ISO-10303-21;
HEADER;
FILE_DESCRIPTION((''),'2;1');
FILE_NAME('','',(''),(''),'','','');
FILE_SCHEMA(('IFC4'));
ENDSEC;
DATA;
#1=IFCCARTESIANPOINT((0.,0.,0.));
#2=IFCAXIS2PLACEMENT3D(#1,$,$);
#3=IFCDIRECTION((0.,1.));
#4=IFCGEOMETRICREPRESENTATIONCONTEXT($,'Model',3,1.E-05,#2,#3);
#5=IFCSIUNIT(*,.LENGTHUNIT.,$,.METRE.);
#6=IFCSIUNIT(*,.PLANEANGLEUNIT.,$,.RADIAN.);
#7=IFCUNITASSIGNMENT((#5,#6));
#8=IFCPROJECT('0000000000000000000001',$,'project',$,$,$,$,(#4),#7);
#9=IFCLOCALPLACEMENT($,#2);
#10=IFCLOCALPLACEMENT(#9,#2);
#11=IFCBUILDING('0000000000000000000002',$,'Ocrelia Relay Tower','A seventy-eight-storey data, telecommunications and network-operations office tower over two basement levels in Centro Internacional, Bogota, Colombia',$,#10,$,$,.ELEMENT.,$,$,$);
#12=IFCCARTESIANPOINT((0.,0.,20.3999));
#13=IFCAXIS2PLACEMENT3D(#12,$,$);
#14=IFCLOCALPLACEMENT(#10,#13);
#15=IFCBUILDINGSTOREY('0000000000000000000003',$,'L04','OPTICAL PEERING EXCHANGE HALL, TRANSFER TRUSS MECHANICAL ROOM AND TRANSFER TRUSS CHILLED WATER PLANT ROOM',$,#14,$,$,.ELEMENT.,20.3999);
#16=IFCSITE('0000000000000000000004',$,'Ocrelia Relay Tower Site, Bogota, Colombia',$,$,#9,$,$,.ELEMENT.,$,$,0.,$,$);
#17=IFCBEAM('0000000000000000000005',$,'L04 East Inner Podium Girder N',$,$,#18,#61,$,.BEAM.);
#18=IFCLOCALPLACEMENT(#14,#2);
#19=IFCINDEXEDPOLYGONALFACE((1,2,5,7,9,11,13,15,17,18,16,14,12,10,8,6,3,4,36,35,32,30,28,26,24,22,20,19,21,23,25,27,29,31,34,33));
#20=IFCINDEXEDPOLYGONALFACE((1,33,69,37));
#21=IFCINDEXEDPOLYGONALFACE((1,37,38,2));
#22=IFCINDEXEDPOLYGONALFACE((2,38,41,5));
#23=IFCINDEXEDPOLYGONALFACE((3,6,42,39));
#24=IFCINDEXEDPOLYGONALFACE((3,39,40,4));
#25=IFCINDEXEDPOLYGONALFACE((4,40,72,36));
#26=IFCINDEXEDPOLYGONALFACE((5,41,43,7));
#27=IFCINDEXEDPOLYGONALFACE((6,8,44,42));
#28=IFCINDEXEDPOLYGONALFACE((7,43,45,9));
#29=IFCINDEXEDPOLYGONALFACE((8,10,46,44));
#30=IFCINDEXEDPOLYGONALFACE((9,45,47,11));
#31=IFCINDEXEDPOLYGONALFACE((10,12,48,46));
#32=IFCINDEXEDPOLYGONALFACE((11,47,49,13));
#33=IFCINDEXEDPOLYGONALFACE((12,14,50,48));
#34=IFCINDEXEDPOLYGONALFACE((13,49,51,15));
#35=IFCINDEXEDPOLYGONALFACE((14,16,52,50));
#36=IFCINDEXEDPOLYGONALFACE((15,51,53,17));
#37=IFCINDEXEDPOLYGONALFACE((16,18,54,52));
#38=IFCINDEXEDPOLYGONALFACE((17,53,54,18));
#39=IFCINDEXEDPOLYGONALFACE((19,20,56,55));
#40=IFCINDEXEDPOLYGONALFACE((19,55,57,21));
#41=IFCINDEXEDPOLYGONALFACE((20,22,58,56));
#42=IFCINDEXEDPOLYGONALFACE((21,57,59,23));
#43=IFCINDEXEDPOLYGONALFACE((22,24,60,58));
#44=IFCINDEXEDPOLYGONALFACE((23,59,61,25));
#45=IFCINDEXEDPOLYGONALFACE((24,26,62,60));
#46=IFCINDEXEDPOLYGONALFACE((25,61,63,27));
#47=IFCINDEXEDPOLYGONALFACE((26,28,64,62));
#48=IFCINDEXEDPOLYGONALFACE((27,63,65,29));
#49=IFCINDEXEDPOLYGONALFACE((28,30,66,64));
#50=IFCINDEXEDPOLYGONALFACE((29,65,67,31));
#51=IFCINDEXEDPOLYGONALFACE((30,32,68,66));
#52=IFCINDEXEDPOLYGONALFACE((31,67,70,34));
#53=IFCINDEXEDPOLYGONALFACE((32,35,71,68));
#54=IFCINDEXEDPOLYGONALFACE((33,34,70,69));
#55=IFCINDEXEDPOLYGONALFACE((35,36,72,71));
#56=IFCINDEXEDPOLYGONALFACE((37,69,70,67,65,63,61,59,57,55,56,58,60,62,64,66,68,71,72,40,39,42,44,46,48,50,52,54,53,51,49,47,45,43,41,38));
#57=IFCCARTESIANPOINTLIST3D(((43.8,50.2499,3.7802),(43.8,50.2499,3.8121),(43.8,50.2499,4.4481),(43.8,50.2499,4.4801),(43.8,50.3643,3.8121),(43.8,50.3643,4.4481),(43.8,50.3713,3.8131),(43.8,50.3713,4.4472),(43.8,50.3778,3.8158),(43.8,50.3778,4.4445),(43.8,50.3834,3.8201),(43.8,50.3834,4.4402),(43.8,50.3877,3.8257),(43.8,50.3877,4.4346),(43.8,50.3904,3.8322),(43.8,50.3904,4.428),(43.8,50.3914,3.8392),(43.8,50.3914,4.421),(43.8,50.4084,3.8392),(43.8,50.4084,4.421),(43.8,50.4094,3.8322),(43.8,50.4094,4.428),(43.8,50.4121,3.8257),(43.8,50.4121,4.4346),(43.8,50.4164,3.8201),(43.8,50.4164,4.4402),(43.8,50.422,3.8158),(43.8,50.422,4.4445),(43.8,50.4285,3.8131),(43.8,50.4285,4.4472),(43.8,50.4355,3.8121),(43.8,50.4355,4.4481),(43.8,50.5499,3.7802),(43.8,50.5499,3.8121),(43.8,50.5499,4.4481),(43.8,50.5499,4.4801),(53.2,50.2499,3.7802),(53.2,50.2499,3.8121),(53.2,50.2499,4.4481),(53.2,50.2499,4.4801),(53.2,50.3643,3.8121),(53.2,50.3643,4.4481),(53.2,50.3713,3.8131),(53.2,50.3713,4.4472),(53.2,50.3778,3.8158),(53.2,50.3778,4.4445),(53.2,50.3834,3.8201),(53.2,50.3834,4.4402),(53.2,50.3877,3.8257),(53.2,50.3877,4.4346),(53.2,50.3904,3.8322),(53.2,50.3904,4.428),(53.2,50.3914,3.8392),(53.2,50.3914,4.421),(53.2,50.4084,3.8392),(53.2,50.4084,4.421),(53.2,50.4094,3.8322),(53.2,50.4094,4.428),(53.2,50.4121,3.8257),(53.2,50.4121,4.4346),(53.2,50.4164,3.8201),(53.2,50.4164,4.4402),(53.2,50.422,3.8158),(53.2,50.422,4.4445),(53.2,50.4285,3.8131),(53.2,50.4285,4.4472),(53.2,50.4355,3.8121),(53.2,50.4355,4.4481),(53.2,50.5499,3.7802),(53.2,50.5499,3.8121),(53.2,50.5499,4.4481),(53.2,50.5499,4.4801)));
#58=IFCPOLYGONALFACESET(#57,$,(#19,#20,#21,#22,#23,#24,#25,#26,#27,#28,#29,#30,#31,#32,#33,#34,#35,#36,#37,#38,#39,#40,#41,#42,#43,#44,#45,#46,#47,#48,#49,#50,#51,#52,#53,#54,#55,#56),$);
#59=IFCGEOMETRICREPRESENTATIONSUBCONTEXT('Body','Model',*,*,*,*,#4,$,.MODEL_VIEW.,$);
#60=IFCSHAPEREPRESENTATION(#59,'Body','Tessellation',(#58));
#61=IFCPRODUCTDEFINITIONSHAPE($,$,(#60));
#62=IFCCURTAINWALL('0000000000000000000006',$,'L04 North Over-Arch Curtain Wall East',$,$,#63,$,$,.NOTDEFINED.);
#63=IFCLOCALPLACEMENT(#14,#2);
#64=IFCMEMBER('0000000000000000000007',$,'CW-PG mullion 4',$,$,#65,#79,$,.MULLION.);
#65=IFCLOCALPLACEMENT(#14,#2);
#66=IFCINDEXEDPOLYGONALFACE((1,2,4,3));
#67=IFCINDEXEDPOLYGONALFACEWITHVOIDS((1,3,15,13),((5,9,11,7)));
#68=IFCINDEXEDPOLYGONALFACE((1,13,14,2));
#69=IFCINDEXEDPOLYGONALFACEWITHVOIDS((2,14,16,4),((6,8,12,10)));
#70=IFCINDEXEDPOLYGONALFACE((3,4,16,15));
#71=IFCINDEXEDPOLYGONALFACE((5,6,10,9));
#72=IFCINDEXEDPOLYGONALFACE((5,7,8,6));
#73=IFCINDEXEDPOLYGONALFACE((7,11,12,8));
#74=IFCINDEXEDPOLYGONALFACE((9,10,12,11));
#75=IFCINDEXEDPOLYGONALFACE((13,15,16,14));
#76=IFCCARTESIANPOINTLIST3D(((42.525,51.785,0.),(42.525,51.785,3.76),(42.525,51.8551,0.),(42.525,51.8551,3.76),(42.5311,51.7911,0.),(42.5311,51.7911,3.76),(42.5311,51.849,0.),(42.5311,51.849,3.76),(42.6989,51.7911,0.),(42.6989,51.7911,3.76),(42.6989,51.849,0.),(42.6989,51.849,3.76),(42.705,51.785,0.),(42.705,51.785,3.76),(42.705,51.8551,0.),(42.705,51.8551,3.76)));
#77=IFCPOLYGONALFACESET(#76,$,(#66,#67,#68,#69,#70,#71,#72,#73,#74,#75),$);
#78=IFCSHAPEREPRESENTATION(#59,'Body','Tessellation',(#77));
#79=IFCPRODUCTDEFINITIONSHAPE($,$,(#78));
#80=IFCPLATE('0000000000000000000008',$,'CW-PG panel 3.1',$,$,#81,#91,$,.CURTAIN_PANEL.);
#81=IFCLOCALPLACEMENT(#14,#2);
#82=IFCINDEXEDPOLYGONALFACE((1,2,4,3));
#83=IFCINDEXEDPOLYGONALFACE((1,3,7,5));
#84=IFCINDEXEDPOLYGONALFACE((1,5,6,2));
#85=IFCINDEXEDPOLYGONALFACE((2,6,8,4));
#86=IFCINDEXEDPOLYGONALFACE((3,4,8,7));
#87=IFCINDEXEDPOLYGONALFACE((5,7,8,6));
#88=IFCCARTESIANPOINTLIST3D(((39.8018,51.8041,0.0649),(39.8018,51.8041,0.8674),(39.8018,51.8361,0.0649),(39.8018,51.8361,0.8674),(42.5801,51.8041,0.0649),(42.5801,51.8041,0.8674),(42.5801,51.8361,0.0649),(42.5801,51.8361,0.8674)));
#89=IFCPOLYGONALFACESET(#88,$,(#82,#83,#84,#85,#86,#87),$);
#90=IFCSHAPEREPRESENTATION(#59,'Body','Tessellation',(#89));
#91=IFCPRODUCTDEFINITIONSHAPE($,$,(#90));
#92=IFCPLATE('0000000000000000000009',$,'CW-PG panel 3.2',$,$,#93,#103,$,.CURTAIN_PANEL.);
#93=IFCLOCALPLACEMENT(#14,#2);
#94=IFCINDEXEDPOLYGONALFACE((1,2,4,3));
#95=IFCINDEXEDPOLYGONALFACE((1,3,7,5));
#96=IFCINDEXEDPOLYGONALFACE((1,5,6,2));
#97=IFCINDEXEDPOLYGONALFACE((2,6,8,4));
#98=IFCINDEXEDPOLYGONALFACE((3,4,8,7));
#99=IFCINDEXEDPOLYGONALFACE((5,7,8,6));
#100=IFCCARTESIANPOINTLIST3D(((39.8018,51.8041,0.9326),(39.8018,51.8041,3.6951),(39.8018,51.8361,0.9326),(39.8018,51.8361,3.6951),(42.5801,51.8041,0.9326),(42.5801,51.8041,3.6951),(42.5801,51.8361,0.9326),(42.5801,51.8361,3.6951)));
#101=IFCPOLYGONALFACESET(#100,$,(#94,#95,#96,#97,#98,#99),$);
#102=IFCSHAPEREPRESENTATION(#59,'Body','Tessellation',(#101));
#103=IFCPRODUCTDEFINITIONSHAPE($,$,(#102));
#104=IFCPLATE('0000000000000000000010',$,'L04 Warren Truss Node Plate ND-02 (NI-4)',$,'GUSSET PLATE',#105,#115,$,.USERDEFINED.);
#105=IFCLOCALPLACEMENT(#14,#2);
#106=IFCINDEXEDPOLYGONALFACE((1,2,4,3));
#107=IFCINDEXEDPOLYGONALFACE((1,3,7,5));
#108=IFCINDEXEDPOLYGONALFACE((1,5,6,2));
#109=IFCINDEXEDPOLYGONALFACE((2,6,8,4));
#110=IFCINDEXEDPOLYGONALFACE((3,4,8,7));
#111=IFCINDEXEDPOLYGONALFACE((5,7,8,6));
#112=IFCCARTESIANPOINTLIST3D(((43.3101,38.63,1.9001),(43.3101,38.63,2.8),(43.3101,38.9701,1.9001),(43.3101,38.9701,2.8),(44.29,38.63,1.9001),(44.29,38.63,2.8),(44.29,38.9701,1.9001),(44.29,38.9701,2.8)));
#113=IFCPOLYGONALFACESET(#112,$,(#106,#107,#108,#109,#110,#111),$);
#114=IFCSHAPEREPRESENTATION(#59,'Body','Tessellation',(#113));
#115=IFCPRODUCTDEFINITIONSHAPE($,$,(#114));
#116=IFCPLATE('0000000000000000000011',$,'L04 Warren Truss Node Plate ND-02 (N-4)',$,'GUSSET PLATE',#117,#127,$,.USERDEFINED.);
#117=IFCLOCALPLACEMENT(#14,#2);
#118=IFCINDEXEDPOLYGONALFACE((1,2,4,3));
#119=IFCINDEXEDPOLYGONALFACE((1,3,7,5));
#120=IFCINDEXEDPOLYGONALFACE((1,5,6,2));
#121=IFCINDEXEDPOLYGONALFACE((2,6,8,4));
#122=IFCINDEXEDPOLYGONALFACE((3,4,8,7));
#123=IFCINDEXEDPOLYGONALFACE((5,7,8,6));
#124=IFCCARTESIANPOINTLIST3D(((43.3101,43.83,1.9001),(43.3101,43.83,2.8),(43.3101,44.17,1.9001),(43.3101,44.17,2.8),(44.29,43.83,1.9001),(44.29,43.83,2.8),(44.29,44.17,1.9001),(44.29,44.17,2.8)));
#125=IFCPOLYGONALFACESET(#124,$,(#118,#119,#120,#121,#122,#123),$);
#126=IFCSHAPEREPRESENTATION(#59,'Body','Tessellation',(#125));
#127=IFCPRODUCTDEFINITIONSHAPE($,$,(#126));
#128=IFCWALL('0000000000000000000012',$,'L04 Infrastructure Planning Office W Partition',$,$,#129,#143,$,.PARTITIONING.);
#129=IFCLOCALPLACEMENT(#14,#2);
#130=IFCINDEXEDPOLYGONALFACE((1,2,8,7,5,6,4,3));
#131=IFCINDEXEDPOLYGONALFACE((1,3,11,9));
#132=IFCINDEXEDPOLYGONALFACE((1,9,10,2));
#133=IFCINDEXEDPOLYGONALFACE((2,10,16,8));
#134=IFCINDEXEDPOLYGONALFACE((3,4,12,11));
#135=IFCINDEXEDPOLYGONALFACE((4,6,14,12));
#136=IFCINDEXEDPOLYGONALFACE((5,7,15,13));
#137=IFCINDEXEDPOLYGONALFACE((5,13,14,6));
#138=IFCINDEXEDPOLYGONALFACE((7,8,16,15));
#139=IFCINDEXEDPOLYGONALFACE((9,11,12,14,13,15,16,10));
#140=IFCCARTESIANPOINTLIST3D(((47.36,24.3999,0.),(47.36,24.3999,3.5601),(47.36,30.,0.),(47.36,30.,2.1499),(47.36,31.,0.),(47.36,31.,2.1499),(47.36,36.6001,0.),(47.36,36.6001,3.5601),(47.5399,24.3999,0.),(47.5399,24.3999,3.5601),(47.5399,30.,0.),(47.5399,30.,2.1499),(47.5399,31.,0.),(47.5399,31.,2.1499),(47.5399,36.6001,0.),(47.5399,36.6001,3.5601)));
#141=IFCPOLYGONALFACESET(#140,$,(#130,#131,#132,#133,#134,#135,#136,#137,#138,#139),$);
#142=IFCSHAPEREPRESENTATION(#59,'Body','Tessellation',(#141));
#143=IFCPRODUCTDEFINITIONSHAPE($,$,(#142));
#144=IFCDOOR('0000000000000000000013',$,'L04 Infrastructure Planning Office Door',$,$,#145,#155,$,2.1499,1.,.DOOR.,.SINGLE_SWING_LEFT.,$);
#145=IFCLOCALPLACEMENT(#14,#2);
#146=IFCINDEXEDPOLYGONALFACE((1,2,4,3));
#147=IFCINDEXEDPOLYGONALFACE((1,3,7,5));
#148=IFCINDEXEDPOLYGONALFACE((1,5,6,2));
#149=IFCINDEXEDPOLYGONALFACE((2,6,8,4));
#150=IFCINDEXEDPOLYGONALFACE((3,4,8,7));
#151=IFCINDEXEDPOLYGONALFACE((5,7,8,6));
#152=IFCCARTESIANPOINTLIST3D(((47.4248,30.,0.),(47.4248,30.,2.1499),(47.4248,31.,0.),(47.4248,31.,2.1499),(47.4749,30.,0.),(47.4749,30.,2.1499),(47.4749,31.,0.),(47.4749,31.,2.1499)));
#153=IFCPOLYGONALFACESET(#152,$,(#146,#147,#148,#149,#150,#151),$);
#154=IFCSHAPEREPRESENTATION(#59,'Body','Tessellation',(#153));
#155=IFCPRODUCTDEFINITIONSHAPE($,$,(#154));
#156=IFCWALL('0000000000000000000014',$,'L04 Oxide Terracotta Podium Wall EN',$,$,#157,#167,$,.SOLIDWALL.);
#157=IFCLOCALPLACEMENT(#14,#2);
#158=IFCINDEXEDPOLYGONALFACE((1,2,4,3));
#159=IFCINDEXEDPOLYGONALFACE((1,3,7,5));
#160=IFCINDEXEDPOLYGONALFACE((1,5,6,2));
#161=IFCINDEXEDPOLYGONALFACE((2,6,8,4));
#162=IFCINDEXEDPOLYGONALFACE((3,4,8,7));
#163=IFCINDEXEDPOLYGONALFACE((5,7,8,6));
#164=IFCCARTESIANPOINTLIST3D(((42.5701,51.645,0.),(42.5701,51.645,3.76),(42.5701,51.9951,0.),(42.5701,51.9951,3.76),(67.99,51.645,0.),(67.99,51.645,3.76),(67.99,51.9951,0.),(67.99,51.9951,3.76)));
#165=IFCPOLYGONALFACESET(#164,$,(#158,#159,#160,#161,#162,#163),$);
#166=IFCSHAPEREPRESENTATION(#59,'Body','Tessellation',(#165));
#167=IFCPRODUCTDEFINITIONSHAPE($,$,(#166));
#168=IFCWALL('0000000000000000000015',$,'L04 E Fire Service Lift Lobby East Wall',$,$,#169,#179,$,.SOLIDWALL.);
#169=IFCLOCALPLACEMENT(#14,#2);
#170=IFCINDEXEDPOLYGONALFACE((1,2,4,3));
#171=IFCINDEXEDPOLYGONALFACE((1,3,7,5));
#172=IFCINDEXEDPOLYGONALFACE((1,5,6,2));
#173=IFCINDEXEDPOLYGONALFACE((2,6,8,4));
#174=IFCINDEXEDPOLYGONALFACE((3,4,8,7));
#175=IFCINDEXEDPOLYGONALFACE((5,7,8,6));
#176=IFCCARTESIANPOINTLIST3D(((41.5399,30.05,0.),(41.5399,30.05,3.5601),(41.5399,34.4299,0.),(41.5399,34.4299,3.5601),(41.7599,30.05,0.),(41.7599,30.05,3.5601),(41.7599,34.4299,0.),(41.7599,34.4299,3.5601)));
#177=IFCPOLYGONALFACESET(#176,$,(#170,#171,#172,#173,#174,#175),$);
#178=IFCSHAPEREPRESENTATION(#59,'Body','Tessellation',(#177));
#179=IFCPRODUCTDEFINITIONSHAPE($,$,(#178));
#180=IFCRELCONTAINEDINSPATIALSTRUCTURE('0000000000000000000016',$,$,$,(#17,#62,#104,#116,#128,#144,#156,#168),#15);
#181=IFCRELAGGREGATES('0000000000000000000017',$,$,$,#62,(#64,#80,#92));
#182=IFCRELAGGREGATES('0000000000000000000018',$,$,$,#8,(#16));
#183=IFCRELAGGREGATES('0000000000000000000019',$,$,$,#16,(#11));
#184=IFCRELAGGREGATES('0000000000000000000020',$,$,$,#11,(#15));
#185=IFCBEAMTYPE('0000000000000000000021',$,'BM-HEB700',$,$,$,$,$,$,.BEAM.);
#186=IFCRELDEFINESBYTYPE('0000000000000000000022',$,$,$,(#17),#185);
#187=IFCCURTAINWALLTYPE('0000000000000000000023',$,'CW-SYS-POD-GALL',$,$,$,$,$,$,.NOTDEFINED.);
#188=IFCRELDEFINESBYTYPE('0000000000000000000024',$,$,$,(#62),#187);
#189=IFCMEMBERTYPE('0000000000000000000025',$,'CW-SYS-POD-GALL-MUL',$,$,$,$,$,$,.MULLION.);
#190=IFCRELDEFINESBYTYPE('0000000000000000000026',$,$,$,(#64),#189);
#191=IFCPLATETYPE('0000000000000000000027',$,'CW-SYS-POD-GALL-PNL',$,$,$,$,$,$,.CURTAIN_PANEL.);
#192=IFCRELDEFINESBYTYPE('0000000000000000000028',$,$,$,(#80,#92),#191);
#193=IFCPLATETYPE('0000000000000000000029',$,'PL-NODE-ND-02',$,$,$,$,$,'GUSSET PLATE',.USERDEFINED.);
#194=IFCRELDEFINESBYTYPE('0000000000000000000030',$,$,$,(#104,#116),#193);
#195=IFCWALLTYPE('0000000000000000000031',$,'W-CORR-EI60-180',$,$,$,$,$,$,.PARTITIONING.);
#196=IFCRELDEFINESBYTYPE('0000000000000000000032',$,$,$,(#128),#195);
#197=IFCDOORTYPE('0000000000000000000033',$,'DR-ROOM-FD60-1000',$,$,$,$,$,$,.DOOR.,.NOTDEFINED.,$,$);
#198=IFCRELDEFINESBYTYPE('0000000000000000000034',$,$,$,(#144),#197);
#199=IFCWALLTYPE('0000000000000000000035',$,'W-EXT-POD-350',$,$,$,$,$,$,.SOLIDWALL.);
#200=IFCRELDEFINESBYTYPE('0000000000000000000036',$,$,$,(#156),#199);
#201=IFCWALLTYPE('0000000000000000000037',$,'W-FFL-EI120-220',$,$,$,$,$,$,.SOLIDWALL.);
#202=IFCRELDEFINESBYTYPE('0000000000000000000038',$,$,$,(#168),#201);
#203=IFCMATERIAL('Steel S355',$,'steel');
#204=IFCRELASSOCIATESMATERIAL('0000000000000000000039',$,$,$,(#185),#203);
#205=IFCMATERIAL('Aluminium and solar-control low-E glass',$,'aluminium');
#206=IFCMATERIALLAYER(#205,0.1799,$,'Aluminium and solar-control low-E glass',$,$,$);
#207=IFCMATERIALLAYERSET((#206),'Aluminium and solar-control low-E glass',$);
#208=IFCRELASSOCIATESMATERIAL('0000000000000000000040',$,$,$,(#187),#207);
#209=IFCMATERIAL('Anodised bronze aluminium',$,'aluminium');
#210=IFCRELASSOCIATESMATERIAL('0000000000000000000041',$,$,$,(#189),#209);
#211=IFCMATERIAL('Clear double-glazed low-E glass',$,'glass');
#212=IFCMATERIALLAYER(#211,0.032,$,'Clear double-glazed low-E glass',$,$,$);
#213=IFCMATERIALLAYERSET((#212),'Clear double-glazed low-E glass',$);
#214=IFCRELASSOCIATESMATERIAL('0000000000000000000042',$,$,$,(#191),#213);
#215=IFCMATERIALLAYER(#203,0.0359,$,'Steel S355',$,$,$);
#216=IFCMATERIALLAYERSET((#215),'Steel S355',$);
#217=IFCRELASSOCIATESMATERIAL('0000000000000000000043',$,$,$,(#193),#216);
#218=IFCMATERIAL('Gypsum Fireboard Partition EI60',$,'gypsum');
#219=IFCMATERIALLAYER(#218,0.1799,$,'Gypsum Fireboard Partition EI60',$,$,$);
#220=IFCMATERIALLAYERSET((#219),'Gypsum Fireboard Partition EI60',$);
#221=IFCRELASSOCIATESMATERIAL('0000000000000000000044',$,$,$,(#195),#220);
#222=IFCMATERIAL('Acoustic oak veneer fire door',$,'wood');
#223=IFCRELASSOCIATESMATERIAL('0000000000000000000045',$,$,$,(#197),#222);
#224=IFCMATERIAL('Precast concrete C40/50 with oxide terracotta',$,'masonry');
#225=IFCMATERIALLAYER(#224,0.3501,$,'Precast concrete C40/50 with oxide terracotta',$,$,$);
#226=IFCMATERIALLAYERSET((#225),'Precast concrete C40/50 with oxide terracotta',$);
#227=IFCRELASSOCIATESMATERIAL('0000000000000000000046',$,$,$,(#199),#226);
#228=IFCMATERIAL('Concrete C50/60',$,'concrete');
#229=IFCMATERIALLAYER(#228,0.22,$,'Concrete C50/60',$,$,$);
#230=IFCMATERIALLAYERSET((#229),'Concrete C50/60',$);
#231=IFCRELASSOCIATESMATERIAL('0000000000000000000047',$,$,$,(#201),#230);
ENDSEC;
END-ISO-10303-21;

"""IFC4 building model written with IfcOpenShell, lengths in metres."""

from ifc_helpers import new_model, si_unit, direction, frame, frame_2d, origin, origin_2d, place, context, subcontext, project, spatial, rectangle, hollow_rectangle, i_section, extrude, material, layer, layer_set, material_profile, profile_set, type_object, element, fill, aggregate, save


model = new_model("IFC4")

# Units and contexts
model_context = context("Model", 3, precision=1e-05, world=origin(), true_north=direction((0.0, 1.0)))
body_context = subcontext(model_context, "Body", "Model", "MODEL_VIEW")
ifc_project = project(units=[si_unit("LENGTHUNIT", "METRE"), si_unit("PLANEANGLEUNIT", "RADIAN")], contexts=[model_context])

# Site, building, storey
site_placement = place(None, origin())
site = spatial("IfcSite", under=ifc_project, at=site_placement, Name="Ocrelia Relay Tower Site, Bogota, Colombia", CompositionType="ELEMENT", RefElevation=0.0)
building_placement = place(site_placement, origin())
building = spatial("IfcBuilding", under=site, at=building_placement, Name="Ocrelia Relay Tower", Description="A seventy-eight-storey data, telecommunications and network-operations office tower over two basement levels in Centro Internacional, Bogota, Colombia", CompositionType="ELEMENT")
storey_placement = place(building_placement, frame((0.0, 0.0, 20.3999)))
storey = spatial("IfcBuildingStorey", under=building, at=storey_placement, Name="L04", Description="OPTICAL PEERING EXCHANGE HALL, TRANSFER TRUSS MECHANICAL ROOM AND TRANSFER TRUSS CHILLED WATER PLANT ROOM", CompositionType="ELEMENT", Elevation=20.3999)

# Beam
ifc_material_1 = material(Name="Steel S355", Category="steel")
ifc_material_profile_1 = material_profile(ifc_material_1, i_section(OverallWidth=0.3, OverallDepth=0.7, WebThickness=0.0171, FlangeThickness=0.032, FilletRadius=0.0271, at=origin_2d()), Name="HEB 700")
ifc_profile_set_1 = profile_set([ifc_material_profile_1], Name="Steel S355")
beam_type_1 = type_object("IfcBeamType", Name="BM-HEB700", PredefinedType="BEAM", material=ifc_profile_set_1)
beam_1_placement = place(storey_placement, frame((43.8, 50.3999, 4.1301), z_axis=(1.0, 0.0, 0.0), x_axis=(0.0, 1.0, 0.0)))
element("IfcBeam", 1, at=beam_1_placement, inside=storey, type_object=beam_type_1, Name="L04 East Inner Podium Girder N", PredefinedType="BEAM", context=body_context, shape_type="SweptSolid", body=[
    extrude(i_section(OverallWidth=0.3, OverallDepth=0.7, WebThickness=0.0171, FlangeThickness=0.032, FilletRadius=0.0271, at=origin_2d()), origin(), (0.0, 0.0, 1.0), 9.3999),
])

# Curtain wall, member, plates
ifc_material_2 = material(Name="Aluminium and solar-control low-E glass", Category="aluminium")
ifc_layer_1 = layer(ifc_material_2, 0.1799, Name="Aluminium and solar-control low-E glass")
ifc_layer_set_1 = layer_set([ifc_layer_1], Name="Aluminium and solar-control low-E glass")
curtain_wall_type = type_object("IfcCurtainWallType", Name="CW-SYS-POD-GALL", PredefinedType="NOTDEFINED", material=ifc_layer_set_1)
curtain_wall_placement = place(storey_placement, origin())
curtain_wall = element("IfcCurtainWall", 2, at=curtain_wall_placement, inside=storey, type_object=curtain_wall_type, Name="L04 North Over-Arch Curtain Wall East", PredefinedType="NOTDEFINED")
ifc_material_3 = material(Name="Anodised bronze aluminium", Category="aluminium")
ifc_material_profile_2 = material_profile(ifc_material_3, hollow_rectangle(XDim=0.0701, YDim=0.1799, WallThickness=0.0061, at=origin_2d()), Name="CW-MUL-180x70")
ifc_profile_set_2 = profile_set([ifc_material_profile_2], Name="Anodised bronze aluminium")
member_type = type_object("IfcMemberType", Name="CW-SYS-POD-GALL-MUL", PredefinedType="MULLION", material=ifc_profile_set_2)
member_placement = place(storey_placement, frame((42.615, 51.8201, 0.0), z_axis=(0.0, 0.0, 1.0), x_axis=(0.0, 1.0, 0.0)))
member = element("IfcMember", 3, at=member_placement, type_object=member_type, Name="CW-PG mullion 4", PredefinedType="MULLION", context=body_context, shape_type="SweptSolid", body=[
    extrude(hollow_rectangle(XDim=0.0701, YDim=0.1799, WallThickness=0.0061, at=origin_2d()), origin(), (0.0, 0.0, 1.0), 3.76),
])
ifc_material_4 = material(Name="Clear double-glazed low-E glass", Category="glass")
ifc_layer_2 = layer(ifc_material_4, 0.032, Name="Clear double-glazed low-E glass")
ifc_layer_set_2 = layer_set([ifc_layer_2], Name="Clear double-glazed low-E glass")
plate_type_1 = type_object("IfcPlateType", Name="CW-SYS-POD-GALL-PNL", PredefinedType="CURTAIN_PANEL", material=ifc_layer_set_2)
plate_1_placement = place(storey_placement, frame((41.1909, 51.8201, 0.0649), z_axis=(0.0, 0.0, 1.0), x_axis=(1.0, 0.0, 0.0)))
plate_1 = element("IfcPlate", 4, at=plate_1_placement, type_object=plate_type_1, Name="CW-PG panel 3.1", PredefinedType="CURTAIN_PANEL", context=body_context, shape_type="SweptSolid", body=[
    extrude(rectangle(XDim=2.7783, YDim=0.032, at=origin_2d()), origin(), (0.0, 0.0, 1.0), 0.8025),
])
plate_2_placement = place(storey_placement, frame((41.1909, 51.8201, 0.9326), z_axis=(0.0, 0.0, 1.0), x_axis=(1.0, 0.0, 0.0)))
plate_2 = element("IfcPlate", 5, at=plate_2_placement, type_object=plate_type_1, Name="CW-PG panel 3.2", PredefinedType="CURTAIN_PANEL", context=body_context, shape_type="SweptSolid", body=[
    extrude(rectangle(XDim=2.7783, YDim=0.032, at=origin_2d()), origin(), (0.0, 0.0, 1.0), 2.7625),
])
aggregate(curtain_wall, [member, plate_1, plate_2])

# Plates
ifc_layer_3 = layer(ifc_material_1, 0.0359, Name="Steel S355")
ifc_layer_set_3 = layer_set([ifc_layer_3], Name="Steel S355")
plate_type_2 = type_object("IfcPlateType", Name="PL-NODE-ND-02", ElementType="GUSSET PLATE", PredefinedType="USERDEFINED", material=ifc_layer_set_3)
for number, where, z_axis, x_axis, name in (
    (6, (43.8, 38.8, 1.9001), (0.0, 0.0, 1.0), (1.0, 0.0, 0.0), "L04 Warren Truss Node Plate ND-02 (NI-4)"),
    (7, (43.8, 44.0, 1.9001), (0.0, 0.0, 1.0), (1.0, 0.0, 0.0), "L04 Warren Truss Node Plate ND-02 (N-4)"),
):
    element("IfcPlate", number, at=place(storey_placement, frame(where, z_axis=z_axis, x_axis=x_axis)), inside=storey, type_object=plate_type_2, Name=name, ObjectType="GUSSET PLATE", PredefinedType="USERDEFINED", context=body_context, shape_type="SweptSolid", body=[
        extrude(rectangle(XDim=0.98, YDim=0.3401, at=origin_2d()), origin(), (0.0, 0.0, 1.0), 0.8999),
    ])

# Wall, opening, door
ifc_material_5 = material(Name="Gypsum Fireboard Partition EI60", Category="gypsum")
ifc_layer_4 = layer(ifc_material_5, 0.1799, Name="Gypsum Fireboard Partition EI60")
ifc_layer_set_4 = layer_set([ifc_layer_4], Name="Gypsum Fireboard Partition EI60")
wall_type_1 = type_object("IfcWallType", Name="W-CORR-EI60-180", PredefinedType="PARTITIONING", material=ifc_layer_set_4)
wall_1_placement = place(storey_placement, frame((47.45, 36.6001, 0.0), z_axis=(0.0, 0.0, 1.0), x_axis=(0.0, -1.0, 0.0)))
wall_1 = element("IfcWall", 8, at=wall_1_placement, inside=storey, type_object=wall_type_1, Name="L04 Infrastructure Planning Office W Partition", PredefinedType="PARTITIONING", context=body_context, shape_type="SweptSolid", body=[
    extrude(rectangle(XDim=12.2002, YDim=0.1799, at=frame_2d((6.1001, 0.0))), origin(), (0.0, 0.0, 1.0), 3.5601),
])
opening_1_placement = place(wall_1_placement, frame((5.6001, 0.0, 0.0)))
opening_1 = element("IfcOpeningElement", 9, at=opening_1_placement, cuts=wall_1, PredefinedType="OPENING", context=body_context, shape_type="SweptSolid", body=[
    extrude(rectangle(XDim=1.0, YDim=2.1499, at=frame_2d((0.5, 1.075))), frame((0.0, 0.1001, 0.0), z_axis=(0.0, -1.0, 0.0), x_axis=(1.0, 0.0, 0.0)), (0.0, 0.0, 1.0), 0.2),
])
ifc_material_6 = material(Name="Acoustic oak veneer fire door", Category="wood")
door_type_1 = type_object("IfcDoorType", Name="DR-ROOM-FD60-1000", OperationType="NOTDEFINED", PredefinedType="DOOR", material=ifc_material_6)
door_1_placement = place(opening_1_placement, origin())
door_1 = element("IfcDoor", 10, at=door_1_placement, inside=storey, type_object=door_type_1, Name="L04 Infrastructure Planning Office Door", OperationType="SINGLE_SWING_LEFT", OverallHeight=2.1499, OverallWidth=1.0, PredefinedType="DOOR", context=body_context, shape_type="SweptSolid", body=[
    extrude(rectangle(XDim=1.0, YDim=2.1499, at=frame_2d((0.5, 1.075))), frame((0.0, 0.0249, 0.0), z_axis=(0.0, -1.0, 0.0), x_axis=(1.0, 0.0, 0.0)), (0.0, 0.0, 1.0), 0.05),
])
fill(opening_1, door_1)

# Walls
ifc_material_7 = material(Name="Precast concrete C40/50 with oxide terracotta", Category="masonry")
ifc_layer_5 = layer(ifc_material_7, 0.3501, Name="Precast concrete C40/50 with oxide terracotta")
ifc_layer_set_5 = layer_set([ifc_layer_5], Name="Precast concrete C40/50 with oxide terracotta")
wall_type_2 = type_object("IfcWallType", Name="W-EXT-POD-350", PredefinedType="SOLIDWALL", material=ifc_layer_set_5)
wall_2_placement = place(storey_placement, frame((42.5701, 51.8201, 0.0), z_axis=(0.0, 0.0, 1.0), x_axis=(1.0, 0.0, 0.0)))
element("IfcWall", 11, at=wall_2_placement, inside=storey, type_object=wall_type_2, Name="L04 Oxide Terracotta Podium Wall EN", PredefinedType="SOLIDWALL", context=body_context, shape_type="SweptSolid", body=[
    extrude(rectangle(XDim=25.4199, YDim=0.3501, at=frame_2d((12.71, 0.0))), origin(), (0.0, 0.0, 1.0), 3.76),
])
ifc_material_8 = material(Name="Concrete C50/60", Category="concrete")
ifc_layer_6 = layer(ifc_material_8, 0.22, Name="Concrete C50/60")
ifc_layer_set_6 = layer_set([ifc_layer_6], Name="Concrete C50/60")
wall_type_3 = type_object("IfcWallType", Name="W-FFL-EI120-220", PredefinedType="SOLIDWALL", material=ifc_layer_set_6)
wall_3_placement = place(storey_placement, frame((41.6499, 30.05, 0.0), z_axis=(0.0, 0.0, 1.0), x_axis=(0.0, 1.0, 0.0)))
element("IfcWall", 12, at=wall_3_placement, inside=storey, type_object=wall_type_3, Name="L04 E Fire Service Lift Lobby East Wall", PredefinedType="SOLIDWALL", context=body_context, shape_type="SweptSolid", body=[
    extrude(rectangle(XDim=4.3799, YDim=0.22, at=frame_2d((2.1899, 0.0))), origin(), (0.0, 0.0, 1.0), 3.5601),
])

save(model, "model.ifc")
